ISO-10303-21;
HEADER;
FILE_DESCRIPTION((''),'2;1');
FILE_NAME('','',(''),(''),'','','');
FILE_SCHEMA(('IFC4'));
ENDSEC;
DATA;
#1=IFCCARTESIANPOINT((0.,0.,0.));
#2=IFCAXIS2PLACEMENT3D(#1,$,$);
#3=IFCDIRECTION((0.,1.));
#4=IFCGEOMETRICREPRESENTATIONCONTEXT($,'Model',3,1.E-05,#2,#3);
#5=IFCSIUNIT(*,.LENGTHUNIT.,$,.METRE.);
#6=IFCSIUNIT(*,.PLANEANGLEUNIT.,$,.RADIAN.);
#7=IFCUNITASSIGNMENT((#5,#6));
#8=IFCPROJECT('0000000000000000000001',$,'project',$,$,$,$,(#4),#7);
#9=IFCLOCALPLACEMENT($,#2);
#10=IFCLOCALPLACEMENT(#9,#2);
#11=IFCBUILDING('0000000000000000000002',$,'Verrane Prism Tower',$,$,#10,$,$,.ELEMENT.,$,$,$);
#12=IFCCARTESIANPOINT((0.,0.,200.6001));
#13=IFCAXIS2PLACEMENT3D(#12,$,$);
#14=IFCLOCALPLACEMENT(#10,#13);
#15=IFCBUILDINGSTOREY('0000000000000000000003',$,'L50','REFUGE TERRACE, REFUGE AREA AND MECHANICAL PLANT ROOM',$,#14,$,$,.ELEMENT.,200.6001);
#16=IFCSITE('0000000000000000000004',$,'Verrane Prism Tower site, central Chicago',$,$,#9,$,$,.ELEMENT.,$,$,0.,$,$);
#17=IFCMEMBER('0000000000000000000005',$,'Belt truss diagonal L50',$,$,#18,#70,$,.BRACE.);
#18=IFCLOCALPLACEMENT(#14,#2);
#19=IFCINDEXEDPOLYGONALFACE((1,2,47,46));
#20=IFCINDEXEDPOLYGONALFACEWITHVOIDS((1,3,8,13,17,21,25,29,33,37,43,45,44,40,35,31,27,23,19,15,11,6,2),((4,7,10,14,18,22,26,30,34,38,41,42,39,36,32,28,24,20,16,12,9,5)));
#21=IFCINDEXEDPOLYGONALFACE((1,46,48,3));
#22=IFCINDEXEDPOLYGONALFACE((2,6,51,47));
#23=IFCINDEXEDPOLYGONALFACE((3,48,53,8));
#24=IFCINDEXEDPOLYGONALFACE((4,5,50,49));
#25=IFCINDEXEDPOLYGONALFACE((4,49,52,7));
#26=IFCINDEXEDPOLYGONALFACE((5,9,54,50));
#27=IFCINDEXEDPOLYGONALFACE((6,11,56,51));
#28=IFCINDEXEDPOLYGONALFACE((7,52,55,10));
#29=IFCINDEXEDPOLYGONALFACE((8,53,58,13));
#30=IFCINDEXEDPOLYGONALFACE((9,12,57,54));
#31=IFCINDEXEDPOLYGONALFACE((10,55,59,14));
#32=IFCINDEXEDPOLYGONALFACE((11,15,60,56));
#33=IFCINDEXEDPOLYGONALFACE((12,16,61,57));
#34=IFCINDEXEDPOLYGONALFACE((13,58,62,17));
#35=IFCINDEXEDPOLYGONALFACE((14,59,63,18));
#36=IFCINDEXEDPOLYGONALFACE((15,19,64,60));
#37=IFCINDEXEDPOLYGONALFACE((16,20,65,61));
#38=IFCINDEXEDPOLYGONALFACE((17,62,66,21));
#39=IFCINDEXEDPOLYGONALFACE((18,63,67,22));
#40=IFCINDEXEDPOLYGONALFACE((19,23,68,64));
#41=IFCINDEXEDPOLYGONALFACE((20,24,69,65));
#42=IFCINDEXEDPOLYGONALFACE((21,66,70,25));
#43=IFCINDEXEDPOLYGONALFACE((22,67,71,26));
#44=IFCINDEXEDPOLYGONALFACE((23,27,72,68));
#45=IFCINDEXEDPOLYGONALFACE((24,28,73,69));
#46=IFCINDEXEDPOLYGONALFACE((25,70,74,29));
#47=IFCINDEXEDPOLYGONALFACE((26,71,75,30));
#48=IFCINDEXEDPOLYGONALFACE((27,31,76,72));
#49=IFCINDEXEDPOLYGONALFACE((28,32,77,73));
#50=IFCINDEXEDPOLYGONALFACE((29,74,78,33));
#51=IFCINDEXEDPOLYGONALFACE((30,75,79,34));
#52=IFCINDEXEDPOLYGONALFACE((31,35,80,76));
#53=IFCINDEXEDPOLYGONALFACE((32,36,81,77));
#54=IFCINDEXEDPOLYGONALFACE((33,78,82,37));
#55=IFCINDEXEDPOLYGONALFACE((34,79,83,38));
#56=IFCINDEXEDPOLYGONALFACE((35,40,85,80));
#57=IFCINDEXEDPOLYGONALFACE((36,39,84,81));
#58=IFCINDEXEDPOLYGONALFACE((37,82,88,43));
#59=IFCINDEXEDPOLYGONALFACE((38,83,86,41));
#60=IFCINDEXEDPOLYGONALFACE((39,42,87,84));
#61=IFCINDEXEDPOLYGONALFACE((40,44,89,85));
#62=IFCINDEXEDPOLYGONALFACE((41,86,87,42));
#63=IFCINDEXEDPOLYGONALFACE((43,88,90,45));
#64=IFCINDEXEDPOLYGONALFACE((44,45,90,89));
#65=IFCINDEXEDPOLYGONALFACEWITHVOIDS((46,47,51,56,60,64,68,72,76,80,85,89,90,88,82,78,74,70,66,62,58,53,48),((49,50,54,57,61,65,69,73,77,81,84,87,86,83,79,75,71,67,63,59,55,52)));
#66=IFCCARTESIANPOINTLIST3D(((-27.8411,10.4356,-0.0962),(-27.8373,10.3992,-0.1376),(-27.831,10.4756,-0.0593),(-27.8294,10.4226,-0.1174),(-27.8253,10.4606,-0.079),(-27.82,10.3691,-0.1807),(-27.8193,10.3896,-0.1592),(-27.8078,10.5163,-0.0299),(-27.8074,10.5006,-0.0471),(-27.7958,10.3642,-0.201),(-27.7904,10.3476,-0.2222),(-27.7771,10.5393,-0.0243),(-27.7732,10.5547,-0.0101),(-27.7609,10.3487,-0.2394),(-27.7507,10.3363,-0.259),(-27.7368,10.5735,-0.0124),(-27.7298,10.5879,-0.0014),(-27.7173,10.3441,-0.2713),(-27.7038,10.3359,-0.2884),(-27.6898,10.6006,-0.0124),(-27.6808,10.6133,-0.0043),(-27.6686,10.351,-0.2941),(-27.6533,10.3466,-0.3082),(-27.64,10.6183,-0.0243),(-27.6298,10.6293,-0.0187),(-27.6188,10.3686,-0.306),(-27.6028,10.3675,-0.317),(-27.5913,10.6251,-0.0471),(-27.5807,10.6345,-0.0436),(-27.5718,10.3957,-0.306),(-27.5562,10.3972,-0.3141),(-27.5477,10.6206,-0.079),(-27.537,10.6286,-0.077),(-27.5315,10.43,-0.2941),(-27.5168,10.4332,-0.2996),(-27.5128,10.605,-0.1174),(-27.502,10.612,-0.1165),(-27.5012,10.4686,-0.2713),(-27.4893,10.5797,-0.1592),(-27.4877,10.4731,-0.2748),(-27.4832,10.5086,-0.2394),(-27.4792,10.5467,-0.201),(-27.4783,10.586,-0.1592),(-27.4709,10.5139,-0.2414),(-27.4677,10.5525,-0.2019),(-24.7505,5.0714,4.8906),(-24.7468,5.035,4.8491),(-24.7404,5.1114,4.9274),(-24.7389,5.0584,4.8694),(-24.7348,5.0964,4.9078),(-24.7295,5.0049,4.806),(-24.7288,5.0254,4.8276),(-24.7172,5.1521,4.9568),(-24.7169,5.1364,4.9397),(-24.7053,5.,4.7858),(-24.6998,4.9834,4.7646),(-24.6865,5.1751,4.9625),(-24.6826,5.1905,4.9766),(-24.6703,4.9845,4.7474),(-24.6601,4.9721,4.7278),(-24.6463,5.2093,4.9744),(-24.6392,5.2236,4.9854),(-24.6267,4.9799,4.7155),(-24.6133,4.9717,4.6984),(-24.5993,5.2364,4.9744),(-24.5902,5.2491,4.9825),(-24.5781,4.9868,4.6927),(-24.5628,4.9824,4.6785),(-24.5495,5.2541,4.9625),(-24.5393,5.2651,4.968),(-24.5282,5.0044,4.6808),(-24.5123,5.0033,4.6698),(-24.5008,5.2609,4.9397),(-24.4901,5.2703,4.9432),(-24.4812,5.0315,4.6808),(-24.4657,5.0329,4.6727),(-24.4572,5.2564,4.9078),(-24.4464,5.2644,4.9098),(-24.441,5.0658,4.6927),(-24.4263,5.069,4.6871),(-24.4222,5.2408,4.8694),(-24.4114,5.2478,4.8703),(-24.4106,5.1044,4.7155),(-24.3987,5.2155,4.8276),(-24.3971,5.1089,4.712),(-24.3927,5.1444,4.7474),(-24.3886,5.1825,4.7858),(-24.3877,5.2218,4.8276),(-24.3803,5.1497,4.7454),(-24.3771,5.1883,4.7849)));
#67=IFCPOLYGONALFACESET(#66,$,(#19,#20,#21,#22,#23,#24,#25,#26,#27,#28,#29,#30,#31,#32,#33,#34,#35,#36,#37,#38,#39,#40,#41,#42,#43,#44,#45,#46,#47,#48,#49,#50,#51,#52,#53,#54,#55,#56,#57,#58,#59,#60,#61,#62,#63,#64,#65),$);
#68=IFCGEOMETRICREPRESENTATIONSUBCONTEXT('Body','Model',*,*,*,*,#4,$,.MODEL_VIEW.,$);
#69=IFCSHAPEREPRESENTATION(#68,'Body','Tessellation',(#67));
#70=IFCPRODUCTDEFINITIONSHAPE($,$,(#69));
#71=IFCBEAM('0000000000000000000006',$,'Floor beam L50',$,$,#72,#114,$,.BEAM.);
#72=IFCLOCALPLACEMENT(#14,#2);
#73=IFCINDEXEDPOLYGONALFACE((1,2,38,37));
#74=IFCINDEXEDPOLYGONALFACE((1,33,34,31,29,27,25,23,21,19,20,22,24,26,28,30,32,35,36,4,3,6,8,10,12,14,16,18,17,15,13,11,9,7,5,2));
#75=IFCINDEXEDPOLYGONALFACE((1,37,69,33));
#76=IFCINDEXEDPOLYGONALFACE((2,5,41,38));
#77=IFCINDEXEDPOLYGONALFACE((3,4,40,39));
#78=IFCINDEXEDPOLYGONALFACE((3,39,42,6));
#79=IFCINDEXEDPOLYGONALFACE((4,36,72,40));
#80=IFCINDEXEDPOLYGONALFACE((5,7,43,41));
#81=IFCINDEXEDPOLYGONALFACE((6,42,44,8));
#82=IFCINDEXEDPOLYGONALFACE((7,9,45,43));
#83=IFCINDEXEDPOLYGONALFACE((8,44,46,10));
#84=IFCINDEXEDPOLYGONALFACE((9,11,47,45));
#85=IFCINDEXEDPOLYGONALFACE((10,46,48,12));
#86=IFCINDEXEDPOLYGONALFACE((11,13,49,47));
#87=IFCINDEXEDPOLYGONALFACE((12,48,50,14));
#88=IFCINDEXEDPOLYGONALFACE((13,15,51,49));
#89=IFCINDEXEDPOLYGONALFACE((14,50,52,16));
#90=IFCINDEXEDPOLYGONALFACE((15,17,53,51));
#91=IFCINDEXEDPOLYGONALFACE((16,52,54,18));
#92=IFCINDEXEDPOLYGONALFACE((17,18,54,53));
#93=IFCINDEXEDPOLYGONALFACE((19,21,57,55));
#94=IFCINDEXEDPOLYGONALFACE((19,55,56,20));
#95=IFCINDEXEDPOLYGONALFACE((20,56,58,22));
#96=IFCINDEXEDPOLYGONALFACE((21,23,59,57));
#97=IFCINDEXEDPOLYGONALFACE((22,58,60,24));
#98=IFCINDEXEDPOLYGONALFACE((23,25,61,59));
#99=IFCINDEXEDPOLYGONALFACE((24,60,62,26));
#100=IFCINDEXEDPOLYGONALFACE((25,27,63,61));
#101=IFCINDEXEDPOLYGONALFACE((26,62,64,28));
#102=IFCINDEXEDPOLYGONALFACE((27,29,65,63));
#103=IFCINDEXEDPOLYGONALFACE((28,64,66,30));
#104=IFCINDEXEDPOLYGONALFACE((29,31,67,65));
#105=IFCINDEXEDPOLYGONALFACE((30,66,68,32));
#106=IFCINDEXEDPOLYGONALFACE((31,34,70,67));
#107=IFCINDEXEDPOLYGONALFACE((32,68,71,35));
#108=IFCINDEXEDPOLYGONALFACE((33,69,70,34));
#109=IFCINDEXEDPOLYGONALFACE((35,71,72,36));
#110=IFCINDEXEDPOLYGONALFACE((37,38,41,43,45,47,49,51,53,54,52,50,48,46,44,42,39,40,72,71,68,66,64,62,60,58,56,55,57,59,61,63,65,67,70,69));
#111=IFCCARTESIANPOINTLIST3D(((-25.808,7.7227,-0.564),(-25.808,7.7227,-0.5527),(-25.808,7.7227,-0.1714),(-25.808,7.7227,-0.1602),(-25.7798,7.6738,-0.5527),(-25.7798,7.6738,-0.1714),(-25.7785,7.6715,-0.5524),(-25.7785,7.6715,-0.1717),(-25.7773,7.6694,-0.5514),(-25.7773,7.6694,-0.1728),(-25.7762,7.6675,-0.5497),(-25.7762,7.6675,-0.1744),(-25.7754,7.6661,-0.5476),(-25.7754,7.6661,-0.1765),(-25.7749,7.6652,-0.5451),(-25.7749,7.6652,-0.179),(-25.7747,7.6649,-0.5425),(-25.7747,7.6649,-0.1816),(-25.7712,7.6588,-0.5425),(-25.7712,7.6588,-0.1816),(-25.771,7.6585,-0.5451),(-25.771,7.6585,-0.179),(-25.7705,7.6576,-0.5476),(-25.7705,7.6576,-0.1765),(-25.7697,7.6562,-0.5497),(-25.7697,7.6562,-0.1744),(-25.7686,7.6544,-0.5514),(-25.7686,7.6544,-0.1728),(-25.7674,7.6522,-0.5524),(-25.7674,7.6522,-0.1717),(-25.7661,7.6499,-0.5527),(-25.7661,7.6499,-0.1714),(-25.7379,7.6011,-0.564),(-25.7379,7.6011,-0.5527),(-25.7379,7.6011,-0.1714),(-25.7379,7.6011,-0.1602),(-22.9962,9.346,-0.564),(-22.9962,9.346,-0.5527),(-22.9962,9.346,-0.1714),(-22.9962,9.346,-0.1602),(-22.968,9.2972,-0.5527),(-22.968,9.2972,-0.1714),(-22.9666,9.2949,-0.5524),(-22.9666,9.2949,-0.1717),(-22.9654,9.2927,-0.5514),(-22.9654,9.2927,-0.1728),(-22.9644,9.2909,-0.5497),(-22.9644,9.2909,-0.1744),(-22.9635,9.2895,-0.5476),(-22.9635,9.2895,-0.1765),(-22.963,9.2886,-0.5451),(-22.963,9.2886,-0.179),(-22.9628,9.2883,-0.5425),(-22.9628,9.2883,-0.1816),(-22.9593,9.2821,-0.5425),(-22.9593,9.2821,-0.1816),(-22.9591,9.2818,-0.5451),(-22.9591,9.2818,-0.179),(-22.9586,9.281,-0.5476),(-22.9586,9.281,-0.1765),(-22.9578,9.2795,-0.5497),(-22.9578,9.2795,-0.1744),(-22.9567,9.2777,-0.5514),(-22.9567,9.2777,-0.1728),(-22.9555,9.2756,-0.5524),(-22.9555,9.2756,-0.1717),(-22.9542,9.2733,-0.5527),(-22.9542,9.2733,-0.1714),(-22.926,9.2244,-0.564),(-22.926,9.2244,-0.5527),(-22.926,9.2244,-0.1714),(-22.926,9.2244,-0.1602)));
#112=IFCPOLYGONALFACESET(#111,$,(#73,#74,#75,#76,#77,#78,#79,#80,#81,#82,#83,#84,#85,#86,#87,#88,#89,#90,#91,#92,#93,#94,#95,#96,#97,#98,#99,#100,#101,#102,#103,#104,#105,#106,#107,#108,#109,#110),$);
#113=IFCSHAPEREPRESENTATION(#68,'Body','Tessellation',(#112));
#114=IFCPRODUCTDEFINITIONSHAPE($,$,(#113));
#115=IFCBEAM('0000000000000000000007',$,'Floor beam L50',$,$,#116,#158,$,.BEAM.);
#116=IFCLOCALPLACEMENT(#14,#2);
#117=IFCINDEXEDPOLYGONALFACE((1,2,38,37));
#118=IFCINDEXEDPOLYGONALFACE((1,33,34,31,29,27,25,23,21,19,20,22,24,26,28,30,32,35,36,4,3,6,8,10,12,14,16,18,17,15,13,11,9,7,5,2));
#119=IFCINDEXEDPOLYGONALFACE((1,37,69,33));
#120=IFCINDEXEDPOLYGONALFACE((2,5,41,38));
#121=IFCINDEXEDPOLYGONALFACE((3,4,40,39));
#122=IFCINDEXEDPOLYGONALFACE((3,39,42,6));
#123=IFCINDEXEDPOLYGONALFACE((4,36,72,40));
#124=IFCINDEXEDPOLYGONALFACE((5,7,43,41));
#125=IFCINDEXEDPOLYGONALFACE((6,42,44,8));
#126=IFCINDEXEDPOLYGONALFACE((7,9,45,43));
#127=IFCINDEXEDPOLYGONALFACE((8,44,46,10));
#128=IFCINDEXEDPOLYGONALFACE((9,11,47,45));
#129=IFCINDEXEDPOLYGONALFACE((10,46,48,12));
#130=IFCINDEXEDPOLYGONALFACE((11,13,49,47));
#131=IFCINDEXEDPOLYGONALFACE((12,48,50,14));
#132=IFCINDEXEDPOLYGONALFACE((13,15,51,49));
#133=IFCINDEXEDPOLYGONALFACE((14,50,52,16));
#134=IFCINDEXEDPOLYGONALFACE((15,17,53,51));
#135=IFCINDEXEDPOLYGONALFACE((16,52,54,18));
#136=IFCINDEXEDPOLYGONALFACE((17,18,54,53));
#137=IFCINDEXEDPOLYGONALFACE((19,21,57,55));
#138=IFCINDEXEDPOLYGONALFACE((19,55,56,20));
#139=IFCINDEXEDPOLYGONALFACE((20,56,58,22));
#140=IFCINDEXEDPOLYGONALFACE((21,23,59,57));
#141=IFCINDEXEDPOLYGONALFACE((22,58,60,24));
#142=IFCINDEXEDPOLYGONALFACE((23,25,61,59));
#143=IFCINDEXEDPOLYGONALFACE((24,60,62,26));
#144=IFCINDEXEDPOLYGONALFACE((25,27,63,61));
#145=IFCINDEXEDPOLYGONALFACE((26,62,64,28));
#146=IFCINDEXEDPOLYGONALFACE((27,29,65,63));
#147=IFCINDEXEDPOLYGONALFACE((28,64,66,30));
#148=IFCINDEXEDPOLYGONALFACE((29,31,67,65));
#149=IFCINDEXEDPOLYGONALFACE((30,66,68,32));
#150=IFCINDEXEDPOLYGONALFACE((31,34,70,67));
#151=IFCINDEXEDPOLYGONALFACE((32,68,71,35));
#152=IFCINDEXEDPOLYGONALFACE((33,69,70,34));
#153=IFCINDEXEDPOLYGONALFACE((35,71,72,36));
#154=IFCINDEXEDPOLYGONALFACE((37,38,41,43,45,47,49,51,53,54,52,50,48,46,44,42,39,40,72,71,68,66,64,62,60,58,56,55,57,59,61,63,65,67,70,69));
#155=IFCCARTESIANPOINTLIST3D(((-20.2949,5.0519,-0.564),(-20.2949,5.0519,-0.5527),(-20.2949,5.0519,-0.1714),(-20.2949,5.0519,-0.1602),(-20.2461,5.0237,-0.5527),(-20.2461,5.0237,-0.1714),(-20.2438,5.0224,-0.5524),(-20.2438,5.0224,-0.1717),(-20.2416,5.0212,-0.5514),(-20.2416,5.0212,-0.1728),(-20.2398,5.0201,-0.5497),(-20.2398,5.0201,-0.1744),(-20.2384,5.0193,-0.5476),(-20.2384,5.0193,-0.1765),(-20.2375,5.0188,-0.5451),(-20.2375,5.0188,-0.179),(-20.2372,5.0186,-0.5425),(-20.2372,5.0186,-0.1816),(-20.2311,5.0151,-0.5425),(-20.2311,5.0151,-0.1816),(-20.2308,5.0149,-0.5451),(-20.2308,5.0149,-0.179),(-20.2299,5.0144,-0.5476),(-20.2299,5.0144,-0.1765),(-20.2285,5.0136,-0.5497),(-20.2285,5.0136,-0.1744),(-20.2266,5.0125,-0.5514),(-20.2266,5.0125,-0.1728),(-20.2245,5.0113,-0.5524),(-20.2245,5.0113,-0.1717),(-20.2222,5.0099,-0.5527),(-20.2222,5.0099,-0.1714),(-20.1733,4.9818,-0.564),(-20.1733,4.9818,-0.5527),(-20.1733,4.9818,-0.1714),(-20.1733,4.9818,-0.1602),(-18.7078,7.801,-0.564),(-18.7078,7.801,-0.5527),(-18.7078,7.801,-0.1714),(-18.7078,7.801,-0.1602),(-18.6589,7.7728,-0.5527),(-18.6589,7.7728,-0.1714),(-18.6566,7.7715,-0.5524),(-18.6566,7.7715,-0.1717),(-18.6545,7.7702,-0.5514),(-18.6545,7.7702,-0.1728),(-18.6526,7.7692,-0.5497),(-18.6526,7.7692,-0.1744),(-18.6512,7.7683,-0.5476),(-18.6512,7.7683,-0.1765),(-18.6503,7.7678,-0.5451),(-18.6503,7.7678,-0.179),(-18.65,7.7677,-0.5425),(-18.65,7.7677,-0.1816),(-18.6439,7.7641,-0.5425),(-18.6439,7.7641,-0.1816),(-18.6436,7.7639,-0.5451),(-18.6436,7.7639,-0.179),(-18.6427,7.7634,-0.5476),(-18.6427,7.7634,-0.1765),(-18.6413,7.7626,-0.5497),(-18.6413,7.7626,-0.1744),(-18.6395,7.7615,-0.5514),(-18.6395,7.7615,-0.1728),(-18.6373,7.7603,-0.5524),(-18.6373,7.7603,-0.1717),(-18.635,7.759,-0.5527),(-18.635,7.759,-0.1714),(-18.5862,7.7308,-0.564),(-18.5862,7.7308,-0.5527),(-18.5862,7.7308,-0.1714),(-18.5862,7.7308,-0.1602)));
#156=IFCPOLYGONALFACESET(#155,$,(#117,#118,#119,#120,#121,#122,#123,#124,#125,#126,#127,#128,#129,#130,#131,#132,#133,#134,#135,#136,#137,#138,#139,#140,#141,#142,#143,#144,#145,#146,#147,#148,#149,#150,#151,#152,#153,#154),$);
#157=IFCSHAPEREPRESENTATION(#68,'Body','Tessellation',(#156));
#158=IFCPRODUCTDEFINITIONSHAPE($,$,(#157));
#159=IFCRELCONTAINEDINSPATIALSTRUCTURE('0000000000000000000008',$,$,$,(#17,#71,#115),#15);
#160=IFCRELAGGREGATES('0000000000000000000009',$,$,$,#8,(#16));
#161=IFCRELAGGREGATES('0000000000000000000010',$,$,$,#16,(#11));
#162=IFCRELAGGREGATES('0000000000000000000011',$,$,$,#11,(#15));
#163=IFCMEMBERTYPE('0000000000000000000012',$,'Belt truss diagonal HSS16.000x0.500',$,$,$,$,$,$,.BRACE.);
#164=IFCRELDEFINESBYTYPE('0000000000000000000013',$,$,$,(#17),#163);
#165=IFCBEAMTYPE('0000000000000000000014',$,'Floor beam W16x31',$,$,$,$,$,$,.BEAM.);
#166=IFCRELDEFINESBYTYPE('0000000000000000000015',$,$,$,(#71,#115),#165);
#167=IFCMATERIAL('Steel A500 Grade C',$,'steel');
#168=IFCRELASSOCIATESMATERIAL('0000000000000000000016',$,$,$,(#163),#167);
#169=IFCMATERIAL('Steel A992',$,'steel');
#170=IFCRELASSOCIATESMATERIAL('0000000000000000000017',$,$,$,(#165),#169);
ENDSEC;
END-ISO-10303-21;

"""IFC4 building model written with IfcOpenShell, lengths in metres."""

from ifc_helpers import new_model, si_unit, direction, frame, origin, origin_2d, place, context, subcontext, project, spatial, hollow_circle, i_section, extrude, material, material_profile, profile_set, type_object, element, save


model = new_model("IFC4")

# Units and contexts
model_context = context("Model", 3, precision=1e-05, world=origin(), true_north=direction((0.0, 1.0)))
body_context = subcontext(model_context, "Body", "Model", "MODEL_VIEW")
ifc_project = project(units=[si_unit("LENGTHUNIT", "METRE"), si_unit("PLANEANGLEUNIT", "RADIAN")], contexts=[model_context])

# Site, building, storey
site_placement = place(None, origin())
site = spatial("IfcSite", under=ifc_project, at=site_placement, Name="Verrane Prism Tower site, central Chicago", CompositionType="ELEMENT", RefElevation=0.0)
building_placement = place(site_placement, origin())
building = spatial("IfcBuilding", under=site, at=building_placement, Name="Verrane Prism Tower", CompositionType="ELEMENT")
storey_placement = place(building_placement, frame((0.0, 0.0, 200.6001)))
storey = spatial("IfcBuildingStorey", under=building, at=storey_placement, Name="L50", Description="REFUGE TERRACE, REFUGE AREA AND MECHANICAL PLANT ROOM", CompositionType="ELEMENT", Elevation=200.6001)

# Member
ifc_material_1 = material(Name="Steel A500 Grade C", Category="steel")
ifc_material_profile_1 = material_profile(ifc_material_1, hollow_circle(Radius=0.2031, WallThickness=0.0127, at=origin_2d()), Name="HSS16.000x0.500")
ifc_profile_set_1 = profile_set([ifc_material_profile_1], Name="Steel A500 Grade C")
member_type_1 = type_object("IfcMemberType", Name="Belt truss diagonal HSS16.000x0.500", PredefinedType="BRACE", material=ifc_profile_set_1)
member_1_placement = place(storey_placement, frame((-27.6543, 10.4846, -0.1592), z_axis=(0.388774, -0.674788, 0.627308), x_axis=(0.866478, 0.499215, 0.0)))
element("IfcMember", 1, at=member_1_placement, inside=storey, type_object=member_type_1, Name="Belt truss diagonal L50", PredefinedType="BRACE", context=body_context, shape_type="SweptSolid", body=[
    extrude(hollow_circle(Radius=0.2031, WallThickness=0.0127, at=origin_2d()), origin(), (0.0, 0.0, 1.0), 7.9495),
])

# Beams
ifc_material_2 = material(Name="Steel A992", Category="steel")
ifc_material_profile_2 = material_profile(ifc_material_2, i_section(OverallWidth=0.1404, OverallDepth=0.4038, WebThickness=0.0071, FlangeThickness=0.0112, FilletRadius=0.0103, at=origin_2d()), Name="W16x31")
ifc_profile_set_2 = profile_set([ifc_material_profile_2], Name="Steel A992")
beam_type_1 = type_object("IfcBeamType", Name="Floor beam W16x31", PredefinedType="BEAM", material=ifc_profile_set_2)
beam_1_placement = place(storey_placement, frame((-25.7729, 7.6619, -0.3621), z_axis=(0.866037, 0.499981, 0.0), x_axis=(-0.499981, 0.866037, 0.0)))
element("IfcBeam", 2, at=beam_1_placement, inside=storey, type_object=beam_type_1, Name="Floor beam L50", PredefinedType="BEAM", context=body_context, shape_type="SweptSolid", body=[
    extrude(i_section(OverallWidth=0.1404, OverallDepth=0.4038, WebThickness=0.0071, FlangeThickness=0.0112, FilletRadius=0.0103, at=origin_2d()), origin(), (0.0, 0.0, 1.0), 3.2468),
])
beam_2_placement = place(storey_placement, frame((-20.2341, 5.0168, -0.3621), z_axis=(0.500002, 0.866024, 0.0), x_axis=(-0.866024, 0.500002, 0.0)))
element("IfcBeam", 3, at=beam_2_placement, inside=storey, type_object=beam_type_1, Name="Floor beam L50", PredefinedType="BEAM", context=body_context, shape_type="SweptSolid", body=[
    extrude(i_section(OverallWidth=0.1404, OverallDepth=0.4038, WebThickness=0.0071, FlangeThickness=0.0112, FilletRadius=0.0103, at=origin_2d()), origin(), (0.0, 0.0, 1.0), 3.1743),
])

save(model, "model.ifc")
